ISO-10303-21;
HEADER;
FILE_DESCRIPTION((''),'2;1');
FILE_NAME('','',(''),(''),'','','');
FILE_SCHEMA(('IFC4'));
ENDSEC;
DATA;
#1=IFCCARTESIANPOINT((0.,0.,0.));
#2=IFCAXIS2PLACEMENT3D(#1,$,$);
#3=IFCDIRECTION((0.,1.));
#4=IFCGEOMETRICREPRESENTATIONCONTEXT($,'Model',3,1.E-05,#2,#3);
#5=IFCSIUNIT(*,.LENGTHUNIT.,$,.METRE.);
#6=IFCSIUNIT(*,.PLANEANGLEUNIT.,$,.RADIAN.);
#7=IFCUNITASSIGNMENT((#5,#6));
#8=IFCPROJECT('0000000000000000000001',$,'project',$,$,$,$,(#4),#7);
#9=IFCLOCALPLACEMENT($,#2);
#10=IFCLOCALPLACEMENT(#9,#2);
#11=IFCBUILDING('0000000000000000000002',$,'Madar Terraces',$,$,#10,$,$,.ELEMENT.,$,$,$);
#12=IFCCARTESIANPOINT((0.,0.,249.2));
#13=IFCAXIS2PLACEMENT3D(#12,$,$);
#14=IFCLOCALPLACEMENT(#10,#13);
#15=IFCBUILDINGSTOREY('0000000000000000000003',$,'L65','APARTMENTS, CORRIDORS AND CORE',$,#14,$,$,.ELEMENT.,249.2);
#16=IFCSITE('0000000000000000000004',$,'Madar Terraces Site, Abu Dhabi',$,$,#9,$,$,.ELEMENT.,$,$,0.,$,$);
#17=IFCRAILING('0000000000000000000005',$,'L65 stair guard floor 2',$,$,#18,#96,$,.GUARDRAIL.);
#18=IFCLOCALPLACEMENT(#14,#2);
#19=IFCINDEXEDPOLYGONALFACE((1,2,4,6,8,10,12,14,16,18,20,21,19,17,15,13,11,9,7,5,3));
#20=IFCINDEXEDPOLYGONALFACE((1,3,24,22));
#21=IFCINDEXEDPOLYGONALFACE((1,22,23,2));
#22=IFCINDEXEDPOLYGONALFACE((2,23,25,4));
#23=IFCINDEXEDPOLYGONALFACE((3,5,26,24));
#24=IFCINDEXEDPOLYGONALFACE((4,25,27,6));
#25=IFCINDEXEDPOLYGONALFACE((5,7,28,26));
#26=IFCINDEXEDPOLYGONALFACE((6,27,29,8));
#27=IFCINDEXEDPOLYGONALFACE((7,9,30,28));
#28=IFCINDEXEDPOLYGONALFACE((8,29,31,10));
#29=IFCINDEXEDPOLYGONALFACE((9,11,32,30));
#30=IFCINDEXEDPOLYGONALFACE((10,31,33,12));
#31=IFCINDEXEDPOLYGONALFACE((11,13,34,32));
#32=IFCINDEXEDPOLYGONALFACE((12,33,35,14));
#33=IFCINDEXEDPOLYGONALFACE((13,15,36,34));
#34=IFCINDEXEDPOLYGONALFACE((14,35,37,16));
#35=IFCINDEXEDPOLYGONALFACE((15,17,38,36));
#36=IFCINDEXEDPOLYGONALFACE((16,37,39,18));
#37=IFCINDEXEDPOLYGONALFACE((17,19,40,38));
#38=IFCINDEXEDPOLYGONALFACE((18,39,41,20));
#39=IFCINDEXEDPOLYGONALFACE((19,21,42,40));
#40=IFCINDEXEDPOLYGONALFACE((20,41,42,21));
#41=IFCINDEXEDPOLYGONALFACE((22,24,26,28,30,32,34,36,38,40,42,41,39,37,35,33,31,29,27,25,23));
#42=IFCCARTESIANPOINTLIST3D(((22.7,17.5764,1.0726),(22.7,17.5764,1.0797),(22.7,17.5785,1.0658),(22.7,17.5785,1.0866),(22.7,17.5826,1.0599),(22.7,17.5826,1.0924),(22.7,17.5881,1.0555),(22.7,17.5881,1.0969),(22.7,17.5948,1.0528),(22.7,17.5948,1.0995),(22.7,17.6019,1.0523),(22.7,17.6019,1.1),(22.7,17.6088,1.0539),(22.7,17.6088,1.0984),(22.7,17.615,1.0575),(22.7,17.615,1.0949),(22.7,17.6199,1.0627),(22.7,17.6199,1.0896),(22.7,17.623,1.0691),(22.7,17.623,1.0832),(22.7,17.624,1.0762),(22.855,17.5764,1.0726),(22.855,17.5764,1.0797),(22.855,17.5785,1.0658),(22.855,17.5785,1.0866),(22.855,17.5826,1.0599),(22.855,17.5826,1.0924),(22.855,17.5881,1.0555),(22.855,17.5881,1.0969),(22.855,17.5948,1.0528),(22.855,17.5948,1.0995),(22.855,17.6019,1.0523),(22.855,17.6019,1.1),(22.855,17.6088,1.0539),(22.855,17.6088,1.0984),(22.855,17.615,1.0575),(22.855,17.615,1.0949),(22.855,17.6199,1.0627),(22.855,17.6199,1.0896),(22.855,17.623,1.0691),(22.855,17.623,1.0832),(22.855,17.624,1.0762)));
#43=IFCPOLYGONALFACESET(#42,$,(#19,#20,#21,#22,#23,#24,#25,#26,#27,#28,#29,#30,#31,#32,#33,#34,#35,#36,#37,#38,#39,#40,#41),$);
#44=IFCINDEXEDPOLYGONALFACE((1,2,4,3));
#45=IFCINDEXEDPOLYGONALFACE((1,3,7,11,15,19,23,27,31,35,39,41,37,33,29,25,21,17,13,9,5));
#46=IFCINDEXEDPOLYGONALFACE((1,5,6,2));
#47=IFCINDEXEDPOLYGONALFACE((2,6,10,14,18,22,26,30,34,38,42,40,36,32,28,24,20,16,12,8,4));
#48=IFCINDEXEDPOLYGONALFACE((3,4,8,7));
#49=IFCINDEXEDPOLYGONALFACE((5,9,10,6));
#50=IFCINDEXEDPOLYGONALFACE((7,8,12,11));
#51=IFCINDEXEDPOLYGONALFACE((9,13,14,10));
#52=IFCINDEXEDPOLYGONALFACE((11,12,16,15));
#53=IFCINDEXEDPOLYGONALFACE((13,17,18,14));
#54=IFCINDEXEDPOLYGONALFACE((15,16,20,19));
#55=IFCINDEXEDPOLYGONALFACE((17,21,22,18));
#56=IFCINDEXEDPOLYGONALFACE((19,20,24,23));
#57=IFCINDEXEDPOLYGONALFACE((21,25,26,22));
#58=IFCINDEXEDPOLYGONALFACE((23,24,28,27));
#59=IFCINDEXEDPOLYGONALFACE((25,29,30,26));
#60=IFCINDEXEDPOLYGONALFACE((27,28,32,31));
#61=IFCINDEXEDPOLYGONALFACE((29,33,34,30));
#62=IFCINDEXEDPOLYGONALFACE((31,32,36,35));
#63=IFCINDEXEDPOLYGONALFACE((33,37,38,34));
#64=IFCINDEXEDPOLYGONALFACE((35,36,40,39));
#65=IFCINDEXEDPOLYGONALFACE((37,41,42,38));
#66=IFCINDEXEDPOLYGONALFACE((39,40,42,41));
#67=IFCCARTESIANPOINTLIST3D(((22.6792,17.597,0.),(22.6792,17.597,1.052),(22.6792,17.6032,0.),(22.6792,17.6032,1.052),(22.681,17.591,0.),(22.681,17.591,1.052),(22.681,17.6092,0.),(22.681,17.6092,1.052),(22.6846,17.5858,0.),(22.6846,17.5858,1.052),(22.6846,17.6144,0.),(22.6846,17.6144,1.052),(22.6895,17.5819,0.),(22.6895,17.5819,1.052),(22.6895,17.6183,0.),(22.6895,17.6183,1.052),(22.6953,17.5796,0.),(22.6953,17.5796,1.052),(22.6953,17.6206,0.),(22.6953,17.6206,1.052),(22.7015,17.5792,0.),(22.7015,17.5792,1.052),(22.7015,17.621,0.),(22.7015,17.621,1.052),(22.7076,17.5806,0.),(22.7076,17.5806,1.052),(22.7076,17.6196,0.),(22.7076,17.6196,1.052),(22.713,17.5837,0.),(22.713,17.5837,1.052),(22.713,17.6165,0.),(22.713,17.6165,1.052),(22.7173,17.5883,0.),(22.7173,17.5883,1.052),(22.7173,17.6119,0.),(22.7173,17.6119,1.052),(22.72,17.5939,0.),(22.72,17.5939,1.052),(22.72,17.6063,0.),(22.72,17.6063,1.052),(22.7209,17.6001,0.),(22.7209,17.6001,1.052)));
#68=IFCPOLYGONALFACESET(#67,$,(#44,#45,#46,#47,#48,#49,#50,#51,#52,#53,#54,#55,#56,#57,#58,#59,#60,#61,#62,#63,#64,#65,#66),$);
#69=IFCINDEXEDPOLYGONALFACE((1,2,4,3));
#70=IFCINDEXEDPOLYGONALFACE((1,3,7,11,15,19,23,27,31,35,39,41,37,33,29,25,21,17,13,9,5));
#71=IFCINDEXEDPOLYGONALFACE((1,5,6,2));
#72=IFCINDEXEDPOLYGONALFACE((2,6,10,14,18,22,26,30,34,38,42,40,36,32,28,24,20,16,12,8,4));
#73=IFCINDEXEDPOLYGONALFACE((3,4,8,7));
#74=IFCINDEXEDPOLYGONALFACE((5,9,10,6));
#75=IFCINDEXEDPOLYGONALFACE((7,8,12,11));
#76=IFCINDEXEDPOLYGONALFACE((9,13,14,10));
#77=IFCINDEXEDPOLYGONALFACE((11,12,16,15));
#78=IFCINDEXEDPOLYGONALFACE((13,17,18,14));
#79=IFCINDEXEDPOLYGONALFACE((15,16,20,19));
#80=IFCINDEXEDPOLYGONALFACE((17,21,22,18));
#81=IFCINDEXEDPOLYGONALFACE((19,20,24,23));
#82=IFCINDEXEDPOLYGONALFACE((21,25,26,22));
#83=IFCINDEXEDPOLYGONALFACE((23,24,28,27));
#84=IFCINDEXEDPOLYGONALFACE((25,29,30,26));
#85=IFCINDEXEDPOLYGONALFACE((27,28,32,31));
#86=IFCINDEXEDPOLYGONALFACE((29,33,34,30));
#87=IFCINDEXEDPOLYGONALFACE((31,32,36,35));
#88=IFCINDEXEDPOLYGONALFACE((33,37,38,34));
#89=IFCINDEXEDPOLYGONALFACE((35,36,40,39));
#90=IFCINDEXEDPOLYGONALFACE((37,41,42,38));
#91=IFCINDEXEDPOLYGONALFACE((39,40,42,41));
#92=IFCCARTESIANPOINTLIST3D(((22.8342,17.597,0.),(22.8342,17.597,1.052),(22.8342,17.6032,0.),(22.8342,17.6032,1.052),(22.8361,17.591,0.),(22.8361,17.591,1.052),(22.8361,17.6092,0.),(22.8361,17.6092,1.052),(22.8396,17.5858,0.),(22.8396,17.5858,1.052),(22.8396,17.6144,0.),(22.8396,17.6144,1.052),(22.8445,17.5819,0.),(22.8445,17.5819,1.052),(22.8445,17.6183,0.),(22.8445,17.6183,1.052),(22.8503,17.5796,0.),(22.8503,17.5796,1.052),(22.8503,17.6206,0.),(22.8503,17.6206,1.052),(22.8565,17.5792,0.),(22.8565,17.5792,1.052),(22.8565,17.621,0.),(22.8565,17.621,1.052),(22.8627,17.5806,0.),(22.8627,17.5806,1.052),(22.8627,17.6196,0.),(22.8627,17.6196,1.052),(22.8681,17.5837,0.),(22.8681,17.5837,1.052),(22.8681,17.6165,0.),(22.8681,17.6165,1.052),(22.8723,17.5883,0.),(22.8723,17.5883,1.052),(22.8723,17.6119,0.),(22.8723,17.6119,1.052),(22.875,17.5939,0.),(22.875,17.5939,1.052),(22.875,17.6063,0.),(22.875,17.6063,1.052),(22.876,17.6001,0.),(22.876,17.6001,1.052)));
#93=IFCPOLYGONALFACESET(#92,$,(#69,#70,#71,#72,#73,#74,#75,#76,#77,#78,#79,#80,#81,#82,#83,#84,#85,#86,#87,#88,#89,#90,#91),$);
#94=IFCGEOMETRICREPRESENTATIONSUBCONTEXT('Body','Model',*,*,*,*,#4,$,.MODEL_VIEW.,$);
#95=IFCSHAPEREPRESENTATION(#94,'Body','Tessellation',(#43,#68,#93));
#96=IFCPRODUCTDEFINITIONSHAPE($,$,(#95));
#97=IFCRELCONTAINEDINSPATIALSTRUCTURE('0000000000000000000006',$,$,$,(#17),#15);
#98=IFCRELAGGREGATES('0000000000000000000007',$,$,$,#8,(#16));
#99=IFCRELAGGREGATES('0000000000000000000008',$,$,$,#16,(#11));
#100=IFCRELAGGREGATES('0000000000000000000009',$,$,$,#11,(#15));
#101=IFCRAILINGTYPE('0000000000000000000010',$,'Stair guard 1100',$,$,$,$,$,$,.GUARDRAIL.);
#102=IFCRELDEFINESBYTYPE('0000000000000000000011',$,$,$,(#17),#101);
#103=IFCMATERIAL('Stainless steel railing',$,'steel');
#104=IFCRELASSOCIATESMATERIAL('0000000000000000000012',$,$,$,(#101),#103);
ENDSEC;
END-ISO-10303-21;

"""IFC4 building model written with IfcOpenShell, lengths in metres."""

from ifc_helpers import new_model, si_unit, direction, frame, origin, origin_2d, place, context, subcontext, project, spatial, circle, extrude, material, type_object, element, save


model = new_model("IFC4")

# Units and contexts
model_context = context("Model", 3, precision=1e-05, world=origin(), true_north=direction((0.0, 1.0)))
body_context = subcontext(model_context, "Body", "Model", "MODEL_VIEW")
ifc_project = project(units=[si_unit("LENGTHUNIT", "METRE"), si_unit("PLANEANGLEUNIT", "RADIAN")], contexts=[model_context])

# Site, building, storey
site_placement = place(None, origin())
site = spatial("IfcSite", under=ifc_project, at=site_placement, Name="Madar Terraces Site, Abu Dhabi", CompositionType="ELEMENT", RefElevation=0.0)
building_placement = place(site_placement, origin())
building = spatial("IfcBuilding", under=site, at=building_placement, Name="Madar Terraces", CompositionType="ELEMENT")
storey_placement = place(building_placement, frame((0.0, 0.0, 249.2)))
storey = spatial("IfcBuildingStorey", under=building, at=storey_placement, Name="L65", Description="APARTMENTS, CORRIDORS AND CORE", CompositionType="ELEMENT", Elevation=249.2)

# Railing
ifc_material_1 = material(Name="Stainless steel railing", Category="steel")
railing_type_1 = type_object("IfcRailingType", Name="Stair guard 1100", PredefinedType="GUARDRAIL", material=ifc_material_1)
for number, where, name in (
    (1, (22.7, 17.6001, 0.0), "L65 stair guard floor 2"),
):
    element("IfcRailing", number, at=place(storey_placement, frame(where)), inside=storey, type_object=railing_type_1, Name=name, PredefinedType="GUARDRAIL", context=body_context, shape_type="SweptSolid", body=[
        extrude(circle(Radius=0.0239, at=origin_2d()), frame((0.0, 0.0, 1.0762), z_axis=(1.0, 0.0, 0.0), x_axis=(0.0, 1.0, 0.0)), (0.0, 0.0, 1.0), 0.155),
        extrude(circle(Radius=0.021, at=origin_2d()), origin(), (0.0, 0.0, 1.0), 1.052),
        extrude(circle(Radius=0.021, at=origin_2d()), frame((0.155, 0.0, 0.0)), (0.0, 0.0, 1.0), 1.052),
    ])

save(model, "model.ifc")
